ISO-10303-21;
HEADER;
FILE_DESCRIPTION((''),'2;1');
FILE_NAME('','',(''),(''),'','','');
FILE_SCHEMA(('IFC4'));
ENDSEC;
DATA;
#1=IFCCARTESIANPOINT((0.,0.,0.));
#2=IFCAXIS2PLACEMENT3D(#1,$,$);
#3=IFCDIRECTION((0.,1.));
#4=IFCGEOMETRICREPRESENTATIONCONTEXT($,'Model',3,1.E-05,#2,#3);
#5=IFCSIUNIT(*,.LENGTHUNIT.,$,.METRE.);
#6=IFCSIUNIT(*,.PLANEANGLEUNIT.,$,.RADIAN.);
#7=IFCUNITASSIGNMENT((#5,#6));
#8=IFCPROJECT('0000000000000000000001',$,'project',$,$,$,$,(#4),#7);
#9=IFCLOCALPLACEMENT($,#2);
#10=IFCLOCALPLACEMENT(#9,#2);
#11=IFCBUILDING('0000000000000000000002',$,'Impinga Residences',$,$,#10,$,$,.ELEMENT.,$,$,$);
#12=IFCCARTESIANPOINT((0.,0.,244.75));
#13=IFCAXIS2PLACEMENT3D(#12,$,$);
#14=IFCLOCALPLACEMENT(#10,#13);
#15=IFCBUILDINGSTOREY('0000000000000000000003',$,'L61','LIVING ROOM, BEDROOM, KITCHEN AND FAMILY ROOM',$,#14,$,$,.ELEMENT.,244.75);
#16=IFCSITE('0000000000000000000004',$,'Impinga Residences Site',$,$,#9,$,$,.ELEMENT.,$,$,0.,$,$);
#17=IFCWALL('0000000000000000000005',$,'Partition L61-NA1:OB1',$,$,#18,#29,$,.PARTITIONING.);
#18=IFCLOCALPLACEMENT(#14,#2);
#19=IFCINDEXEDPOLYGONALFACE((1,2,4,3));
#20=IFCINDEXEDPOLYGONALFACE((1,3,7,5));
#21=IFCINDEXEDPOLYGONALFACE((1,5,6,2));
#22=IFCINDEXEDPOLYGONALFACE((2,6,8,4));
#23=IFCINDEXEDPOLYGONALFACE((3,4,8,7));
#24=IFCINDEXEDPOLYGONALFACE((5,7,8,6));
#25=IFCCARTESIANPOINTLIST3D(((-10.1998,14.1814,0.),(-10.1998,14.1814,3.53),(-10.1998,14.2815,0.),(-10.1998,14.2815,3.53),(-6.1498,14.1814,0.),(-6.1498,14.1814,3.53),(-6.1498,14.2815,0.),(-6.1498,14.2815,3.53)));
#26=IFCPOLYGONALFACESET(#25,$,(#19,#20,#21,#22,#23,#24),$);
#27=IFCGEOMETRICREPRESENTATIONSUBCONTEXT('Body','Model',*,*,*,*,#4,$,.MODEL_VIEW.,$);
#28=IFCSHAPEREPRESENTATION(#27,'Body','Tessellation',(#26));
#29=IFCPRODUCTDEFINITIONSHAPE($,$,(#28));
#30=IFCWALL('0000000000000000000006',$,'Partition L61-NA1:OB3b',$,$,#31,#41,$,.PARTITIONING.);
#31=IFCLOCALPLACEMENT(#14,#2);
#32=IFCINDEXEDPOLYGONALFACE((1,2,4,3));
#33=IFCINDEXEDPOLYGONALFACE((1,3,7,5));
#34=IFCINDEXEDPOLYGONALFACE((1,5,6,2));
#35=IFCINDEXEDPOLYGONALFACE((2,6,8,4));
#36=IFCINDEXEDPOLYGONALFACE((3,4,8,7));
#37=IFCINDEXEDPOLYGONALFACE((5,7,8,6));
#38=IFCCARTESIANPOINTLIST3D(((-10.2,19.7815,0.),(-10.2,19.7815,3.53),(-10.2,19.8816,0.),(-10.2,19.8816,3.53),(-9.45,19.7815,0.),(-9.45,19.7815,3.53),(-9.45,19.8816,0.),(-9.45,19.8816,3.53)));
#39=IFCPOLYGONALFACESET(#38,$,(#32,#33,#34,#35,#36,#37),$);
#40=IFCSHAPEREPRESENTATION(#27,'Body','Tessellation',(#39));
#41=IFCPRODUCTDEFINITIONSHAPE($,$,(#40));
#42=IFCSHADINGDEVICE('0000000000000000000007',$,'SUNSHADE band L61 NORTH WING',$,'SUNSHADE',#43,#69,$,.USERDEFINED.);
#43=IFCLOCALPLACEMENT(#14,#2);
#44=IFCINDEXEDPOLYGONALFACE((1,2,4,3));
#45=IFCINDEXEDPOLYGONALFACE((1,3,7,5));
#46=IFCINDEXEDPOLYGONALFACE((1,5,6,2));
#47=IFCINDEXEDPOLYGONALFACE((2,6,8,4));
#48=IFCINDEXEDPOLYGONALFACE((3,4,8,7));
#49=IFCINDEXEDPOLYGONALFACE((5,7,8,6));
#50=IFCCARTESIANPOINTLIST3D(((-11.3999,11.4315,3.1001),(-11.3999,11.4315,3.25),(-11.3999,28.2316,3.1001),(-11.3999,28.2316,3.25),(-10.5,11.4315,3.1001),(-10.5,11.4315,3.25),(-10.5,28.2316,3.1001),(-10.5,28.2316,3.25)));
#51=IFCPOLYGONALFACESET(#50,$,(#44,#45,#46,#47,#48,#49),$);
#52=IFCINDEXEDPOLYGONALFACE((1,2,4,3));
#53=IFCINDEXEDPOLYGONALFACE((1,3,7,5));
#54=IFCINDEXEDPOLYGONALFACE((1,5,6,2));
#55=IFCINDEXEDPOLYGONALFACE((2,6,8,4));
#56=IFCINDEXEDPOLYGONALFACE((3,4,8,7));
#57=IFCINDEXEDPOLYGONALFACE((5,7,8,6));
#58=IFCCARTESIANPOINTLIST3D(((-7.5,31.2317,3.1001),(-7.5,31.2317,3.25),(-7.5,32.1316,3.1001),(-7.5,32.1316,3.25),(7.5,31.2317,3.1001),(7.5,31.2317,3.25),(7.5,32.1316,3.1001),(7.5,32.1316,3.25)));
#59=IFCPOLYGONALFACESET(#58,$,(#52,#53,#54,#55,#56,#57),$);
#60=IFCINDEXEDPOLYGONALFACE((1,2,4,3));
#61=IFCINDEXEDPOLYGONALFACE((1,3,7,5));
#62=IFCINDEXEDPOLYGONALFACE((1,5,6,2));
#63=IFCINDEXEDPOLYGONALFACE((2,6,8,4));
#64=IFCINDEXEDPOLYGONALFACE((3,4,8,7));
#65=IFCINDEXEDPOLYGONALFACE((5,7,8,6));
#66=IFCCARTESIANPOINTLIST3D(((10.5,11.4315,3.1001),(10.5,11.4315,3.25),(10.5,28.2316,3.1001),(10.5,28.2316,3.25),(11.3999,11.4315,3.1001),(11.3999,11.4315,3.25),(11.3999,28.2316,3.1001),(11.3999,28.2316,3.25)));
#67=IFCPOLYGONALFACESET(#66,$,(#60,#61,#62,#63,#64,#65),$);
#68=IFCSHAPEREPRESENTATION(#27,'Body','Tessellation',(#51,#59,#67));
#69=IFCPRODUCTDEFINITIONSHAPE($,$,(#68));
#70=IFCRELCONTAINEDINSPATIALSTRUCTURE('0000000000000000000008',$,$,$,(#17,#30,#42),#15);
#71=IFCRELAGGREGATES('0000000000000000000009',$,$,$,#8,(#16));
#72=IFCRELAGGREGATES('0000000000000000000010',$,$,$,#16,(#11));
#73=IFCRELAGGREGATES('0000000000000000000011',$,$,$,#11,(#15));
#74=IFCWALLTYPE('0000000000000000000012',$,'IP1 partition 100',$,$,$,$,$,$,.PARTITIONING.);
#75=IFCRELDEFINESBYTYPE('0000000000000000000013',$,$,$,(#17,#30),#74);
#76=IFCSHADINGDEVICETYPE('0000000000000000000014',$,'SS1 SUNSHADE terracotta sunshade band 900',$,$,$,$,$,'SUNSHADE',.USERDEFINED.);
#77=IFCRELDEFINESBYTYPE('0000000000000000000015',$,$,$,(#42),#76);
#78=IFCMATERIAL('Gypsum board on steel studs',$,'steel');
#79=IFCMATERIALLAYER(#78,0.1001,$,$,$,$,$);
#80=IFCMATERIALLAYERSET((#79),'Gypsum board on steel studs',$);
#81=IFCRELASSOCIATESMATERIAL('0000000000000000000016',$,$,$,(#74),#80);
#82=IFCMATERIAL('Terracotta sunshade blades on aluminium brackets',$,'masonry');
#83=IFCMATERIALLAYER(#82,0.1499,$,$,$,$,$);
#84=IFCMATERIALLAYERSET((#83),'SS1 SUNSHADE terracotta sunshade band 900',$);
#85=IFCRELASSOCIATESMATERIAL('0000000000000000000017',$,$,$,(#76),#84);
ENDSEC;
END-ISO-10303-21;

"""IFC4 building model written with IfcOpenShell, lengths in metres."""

from ifc_helpers import new_model, si_unit, direction, frame, frame_2d, origin, origin_2d, place, context, subcontext, project, spatial, rectangle, extrude, material, layer, layer_set, type_object, element, save


model = new_model("IFC4")

# Units and contexts
model_context = context("Model", 3, precision=1e-05, world=origin(), true_north=direction((0.0, 1.0)))
body_context = subcontext(model_context, "Body", "Model", "MODEL_VIEW")
ifc_project = project(units=[si_unit("LENGTHUNIT", "METRE"), si_unit("PLANEANGLEUNIT", "RADIAN")], contexts=[model_context])

# Site, building, storey
site_placement = place(None, origin())
site = spatial("IfcSite", under=ifc_project, at=site_placement, Name="Impinga Residences Site", CompositionType="ELEMENT", RefElevation=0.0)
building_placement = place(site_placement, origin())
building = spatial("IfcBuilding", under=site, at=building_placement, Name="Impinga Residences", CompositionType="ELEMENT")
storey_placement = place(building_placement, frame((0.0, 0.0, 244.75)))
storey = spatial("IfcBuildingStorey", under=building, at=storey_placement, Name="L61", Description="LIVING ROOM, BEDROOM, KITCHEN AND FAMILY ROOM", CompositionType="ELEMENT", Elevation=244.75)

# Walls
ifc_material_1 = material(Name="Gypsum board on steel studs", Category="steel")
ifc_layer_1 = layer(ifc_material_1, 0.1001)
ifc_layer_set_1 = layer_set([ifc_layer_1], Name="Gypsum board on steel studs")
wall_type_1 = type_object("IfcWallType", Name="IP1 partition 100", PredefinedType="PARTITIONING", material=ifc_layer_set_1)
wall_1_placement = place(storey_placement, frame((-6.1499, 14.2314, 0.0), z_axis=(0.0, 0.0, 1.0), x_axis=(-1.0, 0.0, 0.0)))
element("IfcWall", 1, at=wall_1_placement, inside=storey, type_object=wall_type_1, Name="Partition L61-NA1:OB1", PredefinedType="PARTITIONING", context=body_context, shape_type="SweptSolid", body=[
    extrude(rectangle(XDim=4.05, YDim=0.1001, at=frame_2d((2.0249, 0.0))), origin(), (0.0, 0.0, 1.0), 3.53),
])
wall_2_placement = place(storey_placement, frame((-9.45, 19.8315, 0.0), z_axis=(0.0, 0.0, 1.0), x_axis=(-1.0, 0.0, 0.0)))
element("IfcWall", 2, at=wall_2_placement, inside=storey, type_object=wall_type_1, Name="Partition L61-NA1:OB3b", PredefinedType="PARTITIONING", context=body_context, shape_type="SweptSolid", body=[
    extrude(rectangle(XDim=0.75, YDim=0.1001, at=frame_2d((0.375, 0.0))), origin(), (0.0, 0.0, 1.0), 3.53),
])

# Shading device
ifc_material_2 = material(Name="Terracotta sunshade blades on aluminium brackets", Category="masonry")
ifc_layer_2 = layer(ifc_material_2, 0.1499)
ifc_layer_set_2 = layer_set([ifc_layer_2], Name="SS1 SUNSHADE terracotta sunshade band 900")
shading_device_type = type_object("IfcShadingDeviceType", Name="SS1 SUNSHADE terracotta sunshade band 900", ElementType="SUNSHADE", PredefinedType="USERDEFINED", material=ifc_layer_set_2)
shading_device_placement = place(storey_placement, frame((-10.95, 19.8315, 3.1001), z_axis=(0.0, 0.0, 1.0), x_axis=(0.0, 1.0, 0.0)))
element("IfcShadingDevice", 3, at=shading_device_placement, inside=storey, type_object=shading_device_type, Name="SUNSHADE band L61 NORTH WING", ObjectType="SUNSHADE", PredefinedType="USERDEFINED", context=body_context, shape_type="SweptSolid", body=[
    extrude(rectangle(XDim=16.8, YDim=0.8999, at=origin_2d()), origin(), (0.0, 0.0, 1.0), 0.1499),
    extrude(rectangle(XDim=15.0, YDim=0.8999, at=origin_2d()), frame((11.8501, -10.95, 0.0), z_axis=(0.0, 0.0, 1.0), x_axis=(0.0, -1.0, 0.0)), (0.0, 0.0, 1.0), 0.1499),
    extrude(rectangle(XDim=16.8, YDim=0.8999, at=origin_2d()), frame((0.0, -21.8999, 0.0), z_axis=(0.0, 0.0, 1.0), x_axis=(-1.0, 0.0, 0.0)), (0.0, 0.0, 1.0), 0.1499),
])

save(model, "model.ifc")
